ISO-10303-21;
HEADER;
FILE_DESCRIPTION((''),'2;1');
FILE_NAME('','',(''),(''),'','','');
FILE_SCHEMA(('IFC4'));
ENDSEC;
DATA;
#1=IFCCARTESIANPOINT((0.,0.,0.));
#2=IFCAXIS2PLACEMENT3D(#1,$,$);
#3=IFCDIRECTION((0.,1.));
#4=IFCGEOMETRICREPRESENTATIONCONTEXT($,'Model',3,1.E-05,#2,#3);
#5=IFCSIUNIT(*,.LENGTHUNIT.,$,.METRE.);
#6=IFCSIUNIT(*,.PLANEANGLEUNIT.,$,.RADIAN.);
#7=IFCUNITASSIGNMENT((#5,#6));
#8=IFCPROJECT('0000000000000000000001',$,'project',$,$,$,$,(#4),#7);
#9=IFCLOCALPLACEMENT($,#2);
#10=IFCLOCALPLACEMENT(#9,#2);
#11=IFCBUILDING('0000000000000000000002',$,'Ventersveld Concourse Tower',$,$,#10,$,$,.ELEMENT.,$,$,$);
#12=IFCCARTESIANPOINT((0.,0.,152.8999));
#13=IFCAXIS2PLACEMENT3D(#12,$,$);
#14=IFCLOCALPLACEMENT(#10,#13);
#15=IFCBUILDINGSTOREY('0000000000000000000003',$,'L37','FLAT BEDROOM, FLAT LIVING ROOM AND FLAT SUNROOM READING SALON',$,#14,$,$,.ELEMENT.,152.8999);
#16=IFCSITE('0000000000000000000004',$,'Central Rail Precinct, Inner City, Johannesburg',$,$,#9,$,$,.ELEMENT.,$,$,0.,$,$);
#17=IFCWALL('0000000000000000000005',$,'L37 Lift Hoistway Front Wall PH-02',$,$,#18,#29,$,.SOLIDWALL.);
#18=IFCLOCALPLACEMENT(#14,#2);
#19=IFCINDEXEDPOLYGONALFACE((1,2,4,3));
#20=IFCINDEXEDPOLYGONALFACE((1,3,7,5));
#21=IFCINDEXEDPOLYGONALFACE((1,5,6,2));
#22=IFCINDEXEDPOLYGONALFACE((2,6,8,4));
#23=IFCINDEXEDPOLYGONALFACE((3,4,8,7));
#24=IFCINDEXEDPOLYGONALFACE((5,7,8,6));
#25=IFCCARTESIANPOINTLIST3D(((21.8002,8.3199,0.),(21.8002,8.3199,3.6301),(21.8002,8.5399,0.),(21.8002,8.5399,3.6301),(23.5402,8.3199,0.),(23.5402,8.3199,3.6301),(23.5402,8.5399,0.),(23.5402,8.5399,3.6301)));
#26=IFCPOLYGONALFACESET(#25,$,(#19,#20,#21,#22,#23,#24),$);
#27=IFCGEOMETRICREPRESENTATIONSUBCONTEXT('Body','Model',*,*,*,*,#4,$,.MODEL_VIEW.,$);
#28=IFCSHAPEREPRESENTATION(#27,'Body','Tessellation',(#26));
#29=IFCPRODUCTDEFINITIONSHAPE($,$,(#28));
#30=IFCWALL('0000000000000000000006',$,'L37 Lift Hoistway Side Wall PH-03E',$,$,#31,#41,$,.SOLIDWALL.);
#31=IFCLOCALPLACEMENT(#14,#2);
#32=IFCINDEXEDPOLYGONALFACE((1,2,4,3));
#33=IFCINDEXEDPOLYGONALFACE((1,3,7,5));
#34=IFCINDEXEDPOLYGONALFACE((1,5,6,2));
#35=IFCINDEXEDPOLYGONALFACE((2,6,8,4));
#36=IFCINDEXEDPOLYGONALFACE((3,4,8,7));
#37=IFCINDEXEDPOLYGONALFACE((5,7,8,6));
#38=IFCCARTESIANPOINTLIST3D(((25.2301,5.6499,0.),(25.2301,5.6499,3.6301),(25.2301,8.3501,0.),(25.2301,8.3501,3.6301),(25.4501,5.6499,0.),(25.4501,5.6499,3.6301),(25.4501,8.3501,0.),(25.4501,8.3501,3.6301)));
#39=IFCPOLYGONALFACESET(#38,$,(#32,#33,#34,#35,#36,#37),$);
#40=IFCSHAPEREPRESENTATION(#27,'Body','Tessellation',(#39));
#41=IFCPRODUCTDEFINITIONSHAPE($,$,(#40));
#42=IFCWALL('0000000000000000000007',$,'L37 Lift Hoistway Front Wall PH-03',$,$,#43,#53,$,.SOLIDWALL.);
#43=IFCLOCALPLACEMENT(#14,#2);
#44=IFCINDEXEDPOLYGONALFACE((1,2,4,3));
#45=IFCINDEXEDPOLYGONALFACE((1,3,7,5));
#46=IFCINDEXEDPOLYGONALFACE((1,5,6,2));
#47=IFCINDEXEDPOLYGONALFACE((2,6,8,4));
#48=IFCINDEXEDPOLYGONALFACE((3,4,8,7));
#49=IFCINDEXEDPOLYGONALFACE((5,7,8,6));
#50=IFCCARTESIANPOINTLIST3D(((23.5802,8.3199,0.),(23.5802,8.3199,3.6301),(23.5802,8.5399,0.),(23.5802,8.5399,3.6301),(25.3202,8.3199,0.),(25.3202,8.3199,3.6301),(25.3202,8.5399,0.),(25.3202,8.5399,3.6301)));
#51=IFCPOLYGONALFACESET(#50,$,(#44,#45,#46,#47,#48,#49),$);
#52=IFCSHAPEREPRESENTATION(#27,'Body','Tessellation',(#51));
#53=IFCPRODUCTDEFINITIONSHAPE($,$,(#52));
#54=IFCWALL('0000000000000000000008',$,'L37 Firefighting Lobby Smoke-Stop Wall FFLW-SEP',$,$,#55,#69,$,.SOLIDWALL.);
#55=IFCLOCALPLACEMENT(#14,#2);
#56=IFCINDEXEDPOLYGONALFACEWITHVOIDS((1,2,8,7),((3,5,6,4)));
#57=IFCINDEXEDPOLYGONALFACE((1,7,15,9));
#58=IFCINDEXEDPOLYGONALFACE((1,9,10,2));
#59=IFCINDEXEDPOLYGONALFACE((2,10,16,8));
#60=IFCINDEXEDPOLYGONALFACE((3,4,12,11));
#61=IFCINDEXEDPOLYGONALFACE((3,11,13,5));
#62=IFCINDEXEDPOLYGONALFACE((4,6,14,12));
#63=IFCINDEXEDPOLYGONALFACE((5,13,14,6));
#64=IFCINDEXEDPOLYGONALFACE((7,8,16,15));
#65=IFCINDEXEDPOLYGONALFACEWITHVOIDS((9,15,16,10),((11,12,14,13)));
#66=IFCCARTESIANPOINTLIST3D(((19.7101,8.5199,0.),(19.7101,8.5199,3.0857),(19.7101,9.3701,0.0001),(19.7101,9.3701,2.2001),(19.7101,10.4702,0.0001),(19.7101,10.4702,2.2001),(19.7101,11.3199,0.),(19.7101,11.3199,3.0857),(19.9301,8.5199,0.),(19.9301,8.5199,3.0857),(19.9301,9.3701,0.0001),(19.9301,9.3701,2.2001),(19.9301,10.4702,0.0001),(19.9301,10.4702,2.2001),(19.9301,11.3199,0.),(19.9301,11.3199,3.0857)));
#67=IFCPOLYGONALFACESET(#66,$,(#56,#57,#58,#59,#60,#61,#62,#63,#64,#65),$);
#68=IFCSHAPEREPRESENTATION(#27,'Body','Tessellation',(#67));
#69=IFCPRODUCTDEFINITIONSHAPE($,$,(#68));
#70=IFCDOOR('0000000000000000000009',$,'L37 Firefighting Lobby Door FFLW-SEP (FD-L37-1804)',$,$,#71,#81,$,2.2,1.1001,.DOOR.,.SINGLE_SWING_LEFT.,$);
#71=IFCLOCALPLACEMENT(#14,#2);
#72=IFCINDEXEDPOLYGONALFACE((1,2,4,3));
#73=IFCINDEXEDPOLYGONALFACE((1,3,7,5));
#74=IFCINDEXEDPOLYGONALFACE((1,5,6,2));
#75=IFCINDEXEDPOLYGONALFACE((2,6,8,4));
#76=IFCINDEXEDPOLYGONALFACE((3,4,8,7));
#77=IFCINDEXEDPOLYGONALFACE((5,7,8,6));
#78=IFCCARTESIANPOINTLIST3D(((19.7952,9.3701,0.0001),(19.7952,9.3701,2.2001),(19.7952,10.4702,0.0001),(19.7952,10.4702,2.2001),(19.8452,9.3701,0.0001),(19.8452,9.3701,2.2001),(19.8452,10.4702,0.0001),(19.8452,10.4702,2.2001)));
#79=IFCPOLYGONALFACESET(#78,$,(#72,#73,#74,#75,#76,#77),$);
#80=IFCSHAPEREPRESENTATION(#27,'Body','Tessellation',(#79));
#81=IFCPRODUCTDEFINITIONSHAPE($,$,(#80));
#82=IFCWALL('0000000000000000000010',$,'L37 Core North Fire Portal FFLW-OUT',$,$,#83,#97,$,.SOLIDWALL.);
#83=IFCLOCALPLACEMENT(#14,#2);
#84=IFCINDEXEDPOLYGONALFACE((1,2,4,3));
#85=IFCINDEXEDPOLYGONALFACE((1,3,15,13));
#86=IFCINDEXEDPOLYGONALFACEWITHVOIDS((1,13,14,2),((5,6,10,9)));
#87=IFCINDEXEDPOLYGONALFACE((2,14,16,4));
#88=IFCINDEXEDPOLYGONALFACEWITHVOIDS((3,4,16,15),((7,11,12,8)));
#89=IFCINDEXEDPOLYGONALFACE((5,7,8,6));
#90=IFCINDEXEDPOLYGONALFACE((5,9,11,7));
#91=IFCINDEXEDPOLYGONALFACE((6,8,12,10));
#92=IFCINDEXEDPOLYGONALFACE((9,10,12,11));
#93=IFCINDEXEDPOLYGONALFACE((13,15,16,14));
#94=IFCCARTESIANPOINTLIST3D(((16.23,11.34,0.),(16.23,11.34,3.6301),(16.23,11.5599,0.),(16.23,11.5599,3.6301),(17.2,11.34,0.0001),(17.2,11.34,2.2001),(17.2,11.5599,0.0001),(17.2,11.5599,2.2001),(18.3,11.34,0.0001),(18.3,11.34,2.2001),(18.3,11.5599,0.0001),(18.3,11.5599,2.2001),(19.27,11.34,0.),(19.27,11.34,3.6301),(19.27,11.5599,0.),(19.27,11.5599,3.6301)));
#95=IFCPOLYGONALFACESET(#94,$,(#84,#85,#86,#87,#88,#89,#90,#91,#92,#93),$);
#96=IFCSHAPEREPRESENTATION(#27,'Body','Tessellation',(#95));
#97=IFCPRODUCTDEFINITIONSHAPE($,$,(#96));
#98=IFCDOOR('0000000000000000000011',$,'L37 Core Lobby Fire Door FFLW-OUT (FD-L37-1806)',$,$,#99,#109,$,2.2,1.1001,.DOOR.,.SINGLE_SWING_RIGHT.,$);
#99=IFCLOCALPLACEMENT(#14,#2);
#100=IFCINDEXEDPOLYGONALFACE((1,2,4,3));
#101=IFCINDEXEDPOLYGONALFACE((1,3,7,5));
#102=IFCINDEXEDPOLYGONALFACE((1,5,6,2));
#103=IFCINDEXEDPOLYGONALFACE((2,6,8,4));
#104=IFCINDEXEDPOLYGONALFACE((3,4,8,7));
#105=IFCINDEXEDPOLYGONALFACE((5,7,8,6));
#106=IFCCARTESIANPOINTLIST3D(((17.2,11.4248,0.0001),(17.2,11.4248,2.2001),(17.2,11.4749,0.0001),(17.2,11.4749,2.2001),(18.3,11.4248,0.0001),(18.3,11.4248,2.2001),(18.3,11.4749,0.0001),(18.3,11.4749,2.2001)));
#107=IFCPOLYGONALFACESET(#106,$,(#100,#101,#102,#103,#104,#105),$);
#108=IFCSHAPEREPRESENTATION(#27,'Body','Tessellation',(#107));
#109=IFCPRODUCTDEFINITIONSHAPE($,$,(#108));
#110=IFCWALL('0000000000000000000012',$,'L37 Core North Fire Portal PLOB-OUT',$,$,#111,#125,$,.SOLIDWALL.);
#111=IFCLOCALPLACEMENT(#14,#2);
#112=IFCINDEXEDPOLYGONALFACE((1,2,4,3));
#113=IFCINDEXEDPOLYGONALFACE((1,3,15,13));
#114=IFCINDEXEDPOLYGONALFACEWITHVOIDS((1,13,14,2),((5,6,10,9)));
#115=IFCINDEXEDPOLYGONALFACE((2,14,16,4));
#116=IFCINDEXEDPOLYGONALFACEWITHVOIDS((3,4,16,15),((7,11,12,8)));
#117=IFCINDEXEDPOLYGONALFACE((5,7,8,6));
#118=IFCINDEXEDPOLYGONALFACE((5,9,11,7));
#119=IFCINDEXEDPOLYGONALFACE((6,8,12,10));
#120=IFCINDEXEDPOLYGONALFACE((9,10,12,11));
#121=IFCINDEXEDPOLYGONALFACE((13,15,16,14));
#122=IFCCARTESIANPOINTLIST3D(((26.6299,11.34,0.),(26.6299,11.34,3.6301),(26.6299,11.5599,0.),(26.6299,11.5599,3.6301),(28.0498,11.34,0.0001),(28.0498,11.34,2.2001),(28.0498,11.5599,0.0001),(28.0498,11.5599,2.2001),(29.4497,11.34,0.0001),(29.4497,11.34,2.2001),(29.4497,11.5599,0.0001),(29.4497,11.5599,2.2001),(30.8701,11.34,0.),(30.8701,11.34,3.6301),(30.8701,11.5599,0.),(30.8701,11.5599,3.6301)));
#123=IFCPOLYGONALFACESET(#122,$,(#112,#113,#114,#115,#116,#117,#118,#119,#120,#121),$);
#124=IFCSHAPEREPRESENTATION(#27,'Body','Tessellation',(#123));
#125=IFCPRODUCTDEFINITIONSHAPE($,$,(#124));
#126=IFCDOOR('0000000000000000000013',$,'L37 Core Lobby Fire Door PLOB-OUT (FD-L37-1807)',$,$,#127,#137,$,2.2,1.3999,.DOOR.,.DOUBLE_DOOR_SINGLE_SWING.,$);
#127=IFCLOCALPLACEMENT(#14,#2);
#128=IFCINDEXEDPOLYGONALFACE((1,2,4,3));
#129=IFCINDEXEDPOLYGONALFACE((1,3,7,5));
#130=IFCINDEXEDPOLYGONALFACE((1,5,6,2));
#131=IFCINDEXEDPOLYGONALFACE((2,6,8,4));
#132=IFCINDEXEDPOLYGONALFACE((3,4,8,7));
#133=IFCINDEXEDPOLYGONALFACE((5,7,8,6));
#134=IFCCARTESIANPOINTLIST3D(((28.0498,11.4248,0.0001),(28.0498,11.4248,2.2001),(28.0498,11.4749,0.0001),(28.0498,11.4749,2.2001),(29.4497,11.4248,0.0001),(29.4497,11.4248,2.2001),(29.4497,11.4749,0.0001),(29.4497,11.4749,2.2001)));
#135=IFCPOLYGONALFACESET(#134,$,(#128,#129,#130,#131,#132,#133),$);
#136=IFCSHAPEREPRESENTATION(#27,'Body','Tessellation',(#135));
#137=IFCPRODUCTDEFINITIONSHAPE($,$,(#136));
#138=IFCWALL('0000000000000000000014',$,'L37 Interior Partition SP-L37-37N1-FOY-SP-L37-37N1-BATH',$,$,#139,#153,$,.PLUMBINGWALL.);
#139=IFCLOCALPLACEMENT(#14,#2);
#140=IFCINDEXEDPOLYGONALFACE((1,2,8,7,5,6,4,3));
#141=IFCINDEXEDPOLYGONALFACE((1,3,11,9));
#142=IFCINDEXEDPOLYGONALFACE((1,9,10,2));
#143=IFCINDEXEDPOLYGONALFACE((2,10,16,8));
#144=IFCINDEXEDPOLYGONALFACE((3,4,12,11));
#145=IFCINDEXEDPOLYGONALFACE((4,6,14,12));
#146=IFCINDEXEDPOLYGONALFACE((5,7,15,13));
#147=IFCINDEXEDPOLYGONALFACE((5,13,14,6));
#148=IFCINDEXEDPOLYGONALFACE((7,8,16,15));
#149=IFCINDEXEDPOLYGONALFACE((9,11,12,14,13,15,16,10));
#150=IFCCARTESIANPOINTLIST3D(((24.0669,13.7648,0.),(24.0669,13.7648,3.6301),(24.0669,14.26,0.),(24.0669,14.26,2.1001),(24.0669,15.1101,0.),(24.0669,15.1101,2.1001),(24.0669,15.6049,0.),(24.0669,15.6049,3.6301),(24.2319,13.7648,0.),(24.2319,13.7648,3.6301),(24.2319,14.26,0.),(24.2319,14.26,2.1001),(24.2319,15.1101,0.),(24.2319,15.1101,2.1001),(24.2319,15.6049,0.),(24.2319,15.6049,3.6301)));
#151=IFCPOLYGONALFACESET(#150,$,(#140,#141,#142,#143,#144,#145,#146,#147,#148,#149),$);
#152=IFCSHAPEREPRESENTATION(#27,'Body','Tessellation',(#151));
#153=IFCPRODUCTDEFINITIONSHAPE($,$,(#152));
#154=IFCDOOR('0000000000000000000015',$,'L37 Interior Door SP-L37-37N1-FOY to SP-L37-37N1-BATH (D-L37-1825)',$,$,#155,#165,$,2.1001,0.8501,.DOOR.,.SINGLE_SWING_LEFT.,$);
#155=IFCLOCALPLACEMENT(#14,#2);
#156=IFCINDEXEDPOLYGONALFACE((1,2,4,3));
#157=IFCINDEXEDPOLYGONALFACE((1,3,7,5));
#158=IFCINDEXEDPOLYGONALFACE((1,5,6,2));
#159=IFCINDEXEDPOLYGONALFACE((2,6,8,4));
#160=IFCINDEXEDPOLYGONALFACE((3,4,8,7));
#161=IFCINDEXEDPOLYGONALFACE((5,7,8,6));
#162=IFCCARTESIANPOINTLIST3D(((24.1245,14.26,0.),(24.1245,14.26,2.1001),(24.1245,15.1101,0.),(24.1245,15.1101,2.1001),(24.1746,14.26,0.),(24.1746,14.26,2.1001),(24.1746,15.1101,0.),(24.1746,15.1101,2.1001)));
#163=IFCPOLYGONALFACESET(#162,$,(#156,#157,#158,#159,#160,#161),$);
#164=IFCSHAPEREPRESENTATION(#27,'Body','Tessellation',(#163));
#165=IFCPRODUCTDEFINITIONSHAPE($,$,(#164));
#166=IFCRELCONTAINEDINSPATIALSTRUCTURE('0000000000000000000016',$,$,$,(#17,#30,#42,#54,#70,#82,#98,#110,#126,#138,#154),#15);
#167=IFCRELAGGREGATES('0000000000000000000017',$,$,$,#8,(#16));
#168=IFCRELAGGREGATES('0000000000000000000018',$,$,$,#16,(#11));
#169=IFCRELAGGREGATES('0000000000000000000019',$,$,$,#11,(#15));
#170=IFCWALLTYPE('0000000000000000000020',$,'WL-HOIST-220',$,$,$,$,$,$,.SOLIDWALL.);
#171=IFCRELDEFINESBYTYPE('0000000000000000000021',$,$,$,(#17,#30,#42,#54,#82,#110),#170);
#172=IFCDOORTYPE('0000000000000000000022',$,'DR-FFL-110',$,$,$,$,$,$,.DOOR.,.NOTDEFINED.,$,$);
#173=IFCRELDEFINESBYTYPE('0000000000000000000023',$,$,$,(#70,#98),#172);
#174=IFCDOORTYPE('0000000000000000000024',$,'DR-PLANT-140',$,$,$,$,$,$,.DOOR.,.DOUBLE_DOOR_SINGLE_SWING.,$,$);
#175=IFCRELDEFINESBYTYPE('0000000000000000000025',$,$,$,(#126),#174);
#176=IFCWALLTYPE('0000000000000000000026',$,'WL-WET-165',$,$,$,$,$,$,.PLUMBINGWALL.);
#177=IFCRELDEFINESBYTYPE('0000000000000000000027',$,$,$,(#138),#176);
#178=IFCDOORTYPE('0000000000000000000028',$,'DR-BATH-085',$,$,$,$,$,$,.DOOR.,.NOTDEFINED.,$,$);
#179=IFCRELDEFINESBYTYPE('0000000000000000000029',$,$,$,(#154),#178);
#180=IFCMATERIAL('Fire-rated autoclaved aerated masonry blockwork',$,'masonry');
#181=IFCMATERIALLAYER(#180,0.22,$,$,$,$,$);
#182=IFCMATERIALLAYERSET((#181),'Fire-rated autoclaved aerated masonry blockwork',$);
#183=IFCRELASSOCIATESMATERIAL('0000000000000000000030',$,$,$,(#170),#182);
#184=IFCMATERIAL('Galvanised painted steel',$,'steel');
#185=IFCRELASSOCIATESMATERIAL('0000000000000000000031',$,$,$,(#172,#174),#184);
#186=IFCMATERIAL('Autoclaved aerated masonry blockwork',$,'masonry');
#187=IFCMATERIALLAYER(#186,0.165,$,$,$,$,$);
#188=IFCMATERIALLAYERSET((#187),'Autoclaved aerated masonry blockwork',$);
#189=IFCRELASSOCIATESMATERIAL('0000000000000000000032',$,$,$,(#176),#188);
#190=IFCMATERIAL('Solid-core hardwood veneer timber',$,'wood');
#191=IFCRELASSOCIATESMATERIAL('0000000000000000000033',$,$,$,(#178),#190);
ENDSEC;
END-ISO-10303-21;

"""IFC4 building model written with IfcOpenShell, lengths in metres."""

from ifc_helpers import new_model, si_unit, direction, frame, frame_2d, origin, place, context, subcontext, project, spatial, rectangle, extrude, material, layer, layer_set, type_object, element, fill, save


model = new_model("IFC4")

# Units and contexts
model_context = context("Model", 3, precision=1e-05, world=origin(), true_north=direction((0.0, 1.0)))
body_context = subcontext(model_context, "Body", "Model", "MODEL_VIEW")
ifc_project = project(units=[si_unit("LENGTHUNIT", "METRE"), si_unit("PLANEANGLEUNIT", "RADIAN")], contexts=[model_context])

# Site, building, storey
site_placement = place(None, origin())
site = spatial("IfcSite", under=ifc_project, at=site_placement, Name="Central Rail Precinct, Inner City, Johannesburg", CompositionType="ELEMENT", RefElevation=0.0)
building_placement = place(site_placement, origin())
building = spatial("IfcBuilding", under=site, at=building_placement, Name="Ventersveld Concourse Tower", CompositionType="ELEMENT")
storey_placement = place(building_placement, frame((0.0, 0.0, 152.8999)))
storey = spatial("IfcBuildingStorey", under=building, at=storey_placement, Name="L37", Description="FLAT BEDROOM, FLAT LIVING ROOM AND FLAT SUNROOM READING SALON", CompositionType="ELEMENT", Elevation=152.8999)

# Shared definitions
ifc_material_1 = material(Name="Fire-rated autoclaved aerated masonry blockwork", Category="masonry")

# Shared definitions
ifc_layer_1 = layer(ifc_material_1, 0.22)
ifc_layer_set_1 = layer_set([ifc_layer_1], Name="Fire-rated autoclaved aerated masonry blockwork")
wall_type_1 = type_object("IfcWallType", Name="WL-HOIST-220", PredefinedType="SOLIDWALL", material=ifc_layer_set_1)

# Walls
for number, where, z_axis, x_axis, name in (
    (1, (21.8, 8.4299, 0.0), (0.0, 0.0, 1.0), (1.0, 0.0, 0.0), "L37 Lift Hoistway Front Wall PH-02"),
):
    element("IfcWall", number, at=place(storey_placement, frame(where, z_axis=z_axis, x_axis=x_axis)), inside=storey, type_object=wall_type_1, Name=name, PredefinedType="SOLIDWALL", context=body_context, shape_type="SweptSolid", body=[
        extrude(rectangle(XDim=1.74, YDim=0.22, at=frame_2d((0.8701, 0.0))), origin(), (0.0, 0.0, 1.0), 3.6301),
    ])
wall_1_placement = place(storey_placement, frame((25.3401, 5.6499, 0.0), z_axis=(0.0, 0.0, 1.0), x_axis=(0.0, 1.0, 0.0)))
element("IfcWall", 2, at=wall_1_placement, inside=storey, type_object=wall_type_1, Name="L37 Lift Hoistway Side Wall PH-03E", PredefinedType="SOLIDWALL", context=body_context, shape_type="SweptSolid", body=[
    extrude(rectangle(XDim=2.7002, YDim=0.22, at=frame_2d((1.3501, 0.0))), origin(), (0.0, 0.0, 1.0), 3.6301),
])
wall_2_placement = place(storey_placement, frame((23.5801, 8.4299, 0.0), z_axis=(0.0, 0.0, 1.0), x_axis=(1.0, 0.0, 0.0)))
element("IfcWall", 3, at=wall_2_placement, inside=storey, type_object=wall_type_1, Name="L37 Lift Hoistway Front Wall PH-03", PredefinedType="SOLIDWALL", context=body_context, shape_type="SweptSolid", body=[
    extrude(rectangle(XDim=1.74, YDim=0.22, at=frame_2d((0.8701, 0.0))), origin(), (0.0, 0.0, 1.0), 3.6301),
])

# Walls, openings, doors
wall_3_placement = place(storey_placement, frame((19.8201, 8.52, 0.0), z_axis=(0.0, 0.0, 1.0), x_axis=(0.0, 1.0, 0.0)))
wall_3 = element("IfcWall", 4, at=wall_3_placement, inside=storey, type_object=wall_type_1, Name="L37 Firefighting Lobby Smoke-Stop Wall FFLW-SEP", PredefinedType="SOLIDWALL", context=body_context, shape_type="SweptSolid", body=[
    extrude(rectangle(XDim=2.8, YDim=0.22, at=frame_2d((1.3999, 0.0))), origin(), (0.0, 0.0, 1.0), 3.0857),
])
opening_1_placement = place(wall_3_placement, frame((0.8501, 0.0, 0.0)))
opening_1 = element("IfcOpeningElement", 5, at=opening_1_placement, cuts=wall_3, PredefinedType="OPENING", context=body_context, shape_type="SweptSolid", body=[
    extrude(rectangle(XDim=1.1001, YDim=2.2, at=frame_2d((0.55, 1.1001))), frame((0.0, 0.1201, 0.0), z_axis=(0.0, -1.0, 0.0), x_axis=(1.0, 0.0, 0.0)), (0.0, 0.0, 1.0), 0.24),
])
ifc_material_2 = material(Name="Galvanised painted steel", Category="steel")
door_type_1 = type_object("IfcDoorType", Name="DR-FFL-110", OperationType="NOTDEFINED", PredefinedType="DOOR", material=ifc_material_2)
door_1_placement = place(opening_1_placement, origin())
door_1 = element("IfcDoor", 6, at=door_1_placement, inside=storey, type_object=door_type_1, Name="L37 Firefighting Lobby Door FFLW-SEP (FD-L37-1804)", OperationType="SINGLE_SWING_LEFT", OverallHeight=2.2, OverallWidth=1.1001, PredefinedType="DOOR", context=body_context, shape_type="SweptSolid", body=[
    extrude(rectangle(XDim=1.1001, YDim=2.2, at=frame_2d((0.55, 1.1001))), frame((0.0, 0.0249, 0.0), z_axis=(0.0, -1.0, 0.0), x_axis=(1.0, 0.0, 0.0)), (0.0, 0.0, 1.0), 0.05),
])
fill(opening_1, door_1)
wall_4_placement = place(storey_placement, frame((16.23, 11.45, 0.0), z_axis=(0.0, 0.0, 1.0), x_axis=(1.0, 0.0, 0.0)))
wall_4 = element("IfcWall", 7, at=wall_4_placement, inside=storey, type_object=wall_type_1, Name="L37 Core North Fire Portal FFLW-OUT", PredefinedType="SOLIDWALL", context=body_context, shape_type="SweptSolid", body=[
    extrude(rectangle(XDim=3.04, YDim=0.22, at=frame_2d((1.52, 0.0))), origin(), (0.0, 0.0, 1.0), 3.6301),
])
opening_2_placement = place(wall_4_placement, frame((0.97, 0.0, 0.0)))
opening_2 = element("IfcOpeningElement", 8, at=opening_2_placement, cuts=wall_4, PredefinedType="OPENING", context=body_context, shape_type="SweptSolid", body=[
    extrude(rectangle(XDim=1.1001, YDim=2.2, at=frame_2d((0.55, 1.1001))), frame((0.0, 0.1201, 0.0), z_axis=(0.0, -1.0, 0.0), x_axis=(1.0, 0.0, 0.0)), (0.0, 0.0, 1.0), 0.24),
])
door_2_placement = place(opening_2_placement, origin())
door_2 = element("IfcDoor", 9, at=door_2_placement, inside=storey, type_object=door_type_1, Name="L37 Core Lobby Fire Door FFLW-OUT (FD-L37-1806)", OperationType="SINGLE_SWING_RIGHT", OverallHeight=2.2, OverallWidth=1.1001, PredefinedType="DOOR", context=body_context, shape_type="SweptSolid", body=[
    extrude(rectangle(XDim=1.1001, YDim=2.2, at=frame_2d((0.55, 1.1001))), frame((0.0, 0.0249, 0.0), z_axis=(0.0, -1.0, 0.0), x_axis=(1.0, 0.0, 0.0)), (0.0, 0.0, 1.0), 0.05),
])
fill(opening_2, door_2)
wall_5_placement = place(storey_placement, frame((26.6299, 11.45, 0.0), z_axis=(0.0, 0.0, 1.0), x_axis=(1.0, 0.0, 0.0)))
wall_5 = element("IfcWall", 10, at=wall_5_placement, inside=storey, type_object=wall_type_1, Name="L37 Core North Fire Portal PLOB-OUT", PredefinedType="SOLIDWALL", context=body_context, shape_type="SweptSolid", body=[
    extrude(rectangle(XDim=4.2402, YDim=0.22, at=frame_2d((2.1201, 0.0))), origin(), (0.0, 0.0, 1.0), 3.6301),
])
opening_3_placement = place(wall_5_placement, frame((1.4199, 0.0, 0.0)))
opening_3 = element("IfcOpeningElement", 11, at=opening_3_placement, cuts=wall_5, PredefinedType="OPENING", context=body_context, shape_type="SweptSolid", body=[
    extrude(rectangle(XDim=1.3999, YDim=2.2, at=frame_2d((0.7, 1.1001))), frame((0.0, 0.1201, 0.0), z_axis=(0.0, -1.0, 0.0), x_axis=(1.0, 0.0, 0.0)), (0.0, 0.0, 1.0), 0.24),
])
door_type_2 = type_object("IfcDoorType", Name="DR-PLANT-140", OperationType="DOUBLE_DOOR_SINGLE_SWING", PredefinedType="DOOR", material=ifc_material_2)
door_3_placement = place(opening_3_placement, origin())
door_3 = element("IfcDoor", 12, at=door_3_placement, inside=storey, type_object=door_type_2, Name="L37 Core Lobby Fire Door PLOB-OUT (FD-L37-1807)", OperationType="DOUBLE_DOOR_SINGLE_SWING", OverallHeight=2.2, OverallWidth=1.3999, PredefinedType="DOOR", context=body_context, shape_type="SweptSolid", body=[
    extrude(rectangle(XDim=1.3999, YDim=2.2, at=frame_2d((0.7, 1.1001))), frame((0.0, 0.0249, 0.0), z_axis=(0.0, -1.0, 0.0), x_axis=(1.0, 0.0, 0.0)), (0.0, 0.0, 1.0), 0.05),
])
fill(opening_3, door_3)
ifc_material_3 = material(Name="Autoclaved aerated masonry blockwork", Category="masonry")
ifc_layer_2 = layer(ifc_material_3, 0.165)
ifc_layer_set_2 = layer_set([ifc_layer_2], Name="Autoclaved aerated masonry blockwork")
wall_type_2 = type_object("IfcWallType", Name="WL-WET-165", PredefinedType="PLUMBINGWALL", material=ifc_layer_set_2)
wall_6_placement = place(storey_placement, frame((24.1494, 13.7649, 0.0), z_axis=(0.0, 0.0, 1.0), x_axis=(0.0, 1.0, 0.0)))
wall_6 = element("IfcWall", 13, at=wall_6_placement, inside=storey, type_object=wall_type_2, Name="L37 Interior Partition SP-L37-37N1-FOY-SP-L37-37N1-BATH", PredefinedType="PLUMBINGWALL", context=body_context, shape_type="SweptSolid", body=[
    extrude(rectangle(XDim=1.8401, YDim=0.165, at=frame_2d((0.9199, 0.0))), origin(), (0.0, 0.0, 1.0), 3.6301),
])
opening_4_placement = place(wall_6_placement, frame((0.4951, 0.0, 0.0)))
opening_4 = element("IfcOpeningElement", 14, at=opening_4_placement, cuts=wall_6, PredefinedType="OPENING", context=body_context, shape_type="SweptSolid", body=[
    extrude(rectangle(XDim=0.8501, YDim=2.1001, at=frame_2d((0.425, 1.05))), frame((0.0, 0.0925, 0.0), z_axis=(0.0, -1.0, 0.0), x_axis=(1.0, 0.0, 0.0)), (0.0, 0.0, 1.0), 0.1851),
])
ifc_material_4 = material(Name="Solid-core hardwood veneer timber", Category="wood")
door_type_3 = type_object("IfcDoorType", Name="DR-BATH-085", OperationType="NOTDEFINED", PredefinedType="DOOR", material=ifc_material_4)
door_4_placement = place(opening_4_placement, origin())
door_4 = element("IfcDoor", 15, at=door_4_placement, inside=storey, type_object=door_type_3, Name="L37 Interior Door SP-L37-37N1-FOY to SP-L37-37N1-BATH (D-L37-1825)", OperationType="SINGLE_SWING_LEFT", OverallHeight=2.1001, OverallWidth=0.8501, PredefinedType="DOOR", context=body_context, shape_type="SweptSolid", body=[
    extrude(rectangle(XDim=0.8501, YDim=2.1001, at=frame_2d((0.425, 1.05))), frame((0.0, 0.0249, 0.0), z_axis=(0.0, -1.0, 0.0), x_axis=(1.0, 0.0, 0.0)), (0.0, 0.0, 1.0), 0.05),
])
fill(opening_4, door_4)

save(model, "model.ifc")
